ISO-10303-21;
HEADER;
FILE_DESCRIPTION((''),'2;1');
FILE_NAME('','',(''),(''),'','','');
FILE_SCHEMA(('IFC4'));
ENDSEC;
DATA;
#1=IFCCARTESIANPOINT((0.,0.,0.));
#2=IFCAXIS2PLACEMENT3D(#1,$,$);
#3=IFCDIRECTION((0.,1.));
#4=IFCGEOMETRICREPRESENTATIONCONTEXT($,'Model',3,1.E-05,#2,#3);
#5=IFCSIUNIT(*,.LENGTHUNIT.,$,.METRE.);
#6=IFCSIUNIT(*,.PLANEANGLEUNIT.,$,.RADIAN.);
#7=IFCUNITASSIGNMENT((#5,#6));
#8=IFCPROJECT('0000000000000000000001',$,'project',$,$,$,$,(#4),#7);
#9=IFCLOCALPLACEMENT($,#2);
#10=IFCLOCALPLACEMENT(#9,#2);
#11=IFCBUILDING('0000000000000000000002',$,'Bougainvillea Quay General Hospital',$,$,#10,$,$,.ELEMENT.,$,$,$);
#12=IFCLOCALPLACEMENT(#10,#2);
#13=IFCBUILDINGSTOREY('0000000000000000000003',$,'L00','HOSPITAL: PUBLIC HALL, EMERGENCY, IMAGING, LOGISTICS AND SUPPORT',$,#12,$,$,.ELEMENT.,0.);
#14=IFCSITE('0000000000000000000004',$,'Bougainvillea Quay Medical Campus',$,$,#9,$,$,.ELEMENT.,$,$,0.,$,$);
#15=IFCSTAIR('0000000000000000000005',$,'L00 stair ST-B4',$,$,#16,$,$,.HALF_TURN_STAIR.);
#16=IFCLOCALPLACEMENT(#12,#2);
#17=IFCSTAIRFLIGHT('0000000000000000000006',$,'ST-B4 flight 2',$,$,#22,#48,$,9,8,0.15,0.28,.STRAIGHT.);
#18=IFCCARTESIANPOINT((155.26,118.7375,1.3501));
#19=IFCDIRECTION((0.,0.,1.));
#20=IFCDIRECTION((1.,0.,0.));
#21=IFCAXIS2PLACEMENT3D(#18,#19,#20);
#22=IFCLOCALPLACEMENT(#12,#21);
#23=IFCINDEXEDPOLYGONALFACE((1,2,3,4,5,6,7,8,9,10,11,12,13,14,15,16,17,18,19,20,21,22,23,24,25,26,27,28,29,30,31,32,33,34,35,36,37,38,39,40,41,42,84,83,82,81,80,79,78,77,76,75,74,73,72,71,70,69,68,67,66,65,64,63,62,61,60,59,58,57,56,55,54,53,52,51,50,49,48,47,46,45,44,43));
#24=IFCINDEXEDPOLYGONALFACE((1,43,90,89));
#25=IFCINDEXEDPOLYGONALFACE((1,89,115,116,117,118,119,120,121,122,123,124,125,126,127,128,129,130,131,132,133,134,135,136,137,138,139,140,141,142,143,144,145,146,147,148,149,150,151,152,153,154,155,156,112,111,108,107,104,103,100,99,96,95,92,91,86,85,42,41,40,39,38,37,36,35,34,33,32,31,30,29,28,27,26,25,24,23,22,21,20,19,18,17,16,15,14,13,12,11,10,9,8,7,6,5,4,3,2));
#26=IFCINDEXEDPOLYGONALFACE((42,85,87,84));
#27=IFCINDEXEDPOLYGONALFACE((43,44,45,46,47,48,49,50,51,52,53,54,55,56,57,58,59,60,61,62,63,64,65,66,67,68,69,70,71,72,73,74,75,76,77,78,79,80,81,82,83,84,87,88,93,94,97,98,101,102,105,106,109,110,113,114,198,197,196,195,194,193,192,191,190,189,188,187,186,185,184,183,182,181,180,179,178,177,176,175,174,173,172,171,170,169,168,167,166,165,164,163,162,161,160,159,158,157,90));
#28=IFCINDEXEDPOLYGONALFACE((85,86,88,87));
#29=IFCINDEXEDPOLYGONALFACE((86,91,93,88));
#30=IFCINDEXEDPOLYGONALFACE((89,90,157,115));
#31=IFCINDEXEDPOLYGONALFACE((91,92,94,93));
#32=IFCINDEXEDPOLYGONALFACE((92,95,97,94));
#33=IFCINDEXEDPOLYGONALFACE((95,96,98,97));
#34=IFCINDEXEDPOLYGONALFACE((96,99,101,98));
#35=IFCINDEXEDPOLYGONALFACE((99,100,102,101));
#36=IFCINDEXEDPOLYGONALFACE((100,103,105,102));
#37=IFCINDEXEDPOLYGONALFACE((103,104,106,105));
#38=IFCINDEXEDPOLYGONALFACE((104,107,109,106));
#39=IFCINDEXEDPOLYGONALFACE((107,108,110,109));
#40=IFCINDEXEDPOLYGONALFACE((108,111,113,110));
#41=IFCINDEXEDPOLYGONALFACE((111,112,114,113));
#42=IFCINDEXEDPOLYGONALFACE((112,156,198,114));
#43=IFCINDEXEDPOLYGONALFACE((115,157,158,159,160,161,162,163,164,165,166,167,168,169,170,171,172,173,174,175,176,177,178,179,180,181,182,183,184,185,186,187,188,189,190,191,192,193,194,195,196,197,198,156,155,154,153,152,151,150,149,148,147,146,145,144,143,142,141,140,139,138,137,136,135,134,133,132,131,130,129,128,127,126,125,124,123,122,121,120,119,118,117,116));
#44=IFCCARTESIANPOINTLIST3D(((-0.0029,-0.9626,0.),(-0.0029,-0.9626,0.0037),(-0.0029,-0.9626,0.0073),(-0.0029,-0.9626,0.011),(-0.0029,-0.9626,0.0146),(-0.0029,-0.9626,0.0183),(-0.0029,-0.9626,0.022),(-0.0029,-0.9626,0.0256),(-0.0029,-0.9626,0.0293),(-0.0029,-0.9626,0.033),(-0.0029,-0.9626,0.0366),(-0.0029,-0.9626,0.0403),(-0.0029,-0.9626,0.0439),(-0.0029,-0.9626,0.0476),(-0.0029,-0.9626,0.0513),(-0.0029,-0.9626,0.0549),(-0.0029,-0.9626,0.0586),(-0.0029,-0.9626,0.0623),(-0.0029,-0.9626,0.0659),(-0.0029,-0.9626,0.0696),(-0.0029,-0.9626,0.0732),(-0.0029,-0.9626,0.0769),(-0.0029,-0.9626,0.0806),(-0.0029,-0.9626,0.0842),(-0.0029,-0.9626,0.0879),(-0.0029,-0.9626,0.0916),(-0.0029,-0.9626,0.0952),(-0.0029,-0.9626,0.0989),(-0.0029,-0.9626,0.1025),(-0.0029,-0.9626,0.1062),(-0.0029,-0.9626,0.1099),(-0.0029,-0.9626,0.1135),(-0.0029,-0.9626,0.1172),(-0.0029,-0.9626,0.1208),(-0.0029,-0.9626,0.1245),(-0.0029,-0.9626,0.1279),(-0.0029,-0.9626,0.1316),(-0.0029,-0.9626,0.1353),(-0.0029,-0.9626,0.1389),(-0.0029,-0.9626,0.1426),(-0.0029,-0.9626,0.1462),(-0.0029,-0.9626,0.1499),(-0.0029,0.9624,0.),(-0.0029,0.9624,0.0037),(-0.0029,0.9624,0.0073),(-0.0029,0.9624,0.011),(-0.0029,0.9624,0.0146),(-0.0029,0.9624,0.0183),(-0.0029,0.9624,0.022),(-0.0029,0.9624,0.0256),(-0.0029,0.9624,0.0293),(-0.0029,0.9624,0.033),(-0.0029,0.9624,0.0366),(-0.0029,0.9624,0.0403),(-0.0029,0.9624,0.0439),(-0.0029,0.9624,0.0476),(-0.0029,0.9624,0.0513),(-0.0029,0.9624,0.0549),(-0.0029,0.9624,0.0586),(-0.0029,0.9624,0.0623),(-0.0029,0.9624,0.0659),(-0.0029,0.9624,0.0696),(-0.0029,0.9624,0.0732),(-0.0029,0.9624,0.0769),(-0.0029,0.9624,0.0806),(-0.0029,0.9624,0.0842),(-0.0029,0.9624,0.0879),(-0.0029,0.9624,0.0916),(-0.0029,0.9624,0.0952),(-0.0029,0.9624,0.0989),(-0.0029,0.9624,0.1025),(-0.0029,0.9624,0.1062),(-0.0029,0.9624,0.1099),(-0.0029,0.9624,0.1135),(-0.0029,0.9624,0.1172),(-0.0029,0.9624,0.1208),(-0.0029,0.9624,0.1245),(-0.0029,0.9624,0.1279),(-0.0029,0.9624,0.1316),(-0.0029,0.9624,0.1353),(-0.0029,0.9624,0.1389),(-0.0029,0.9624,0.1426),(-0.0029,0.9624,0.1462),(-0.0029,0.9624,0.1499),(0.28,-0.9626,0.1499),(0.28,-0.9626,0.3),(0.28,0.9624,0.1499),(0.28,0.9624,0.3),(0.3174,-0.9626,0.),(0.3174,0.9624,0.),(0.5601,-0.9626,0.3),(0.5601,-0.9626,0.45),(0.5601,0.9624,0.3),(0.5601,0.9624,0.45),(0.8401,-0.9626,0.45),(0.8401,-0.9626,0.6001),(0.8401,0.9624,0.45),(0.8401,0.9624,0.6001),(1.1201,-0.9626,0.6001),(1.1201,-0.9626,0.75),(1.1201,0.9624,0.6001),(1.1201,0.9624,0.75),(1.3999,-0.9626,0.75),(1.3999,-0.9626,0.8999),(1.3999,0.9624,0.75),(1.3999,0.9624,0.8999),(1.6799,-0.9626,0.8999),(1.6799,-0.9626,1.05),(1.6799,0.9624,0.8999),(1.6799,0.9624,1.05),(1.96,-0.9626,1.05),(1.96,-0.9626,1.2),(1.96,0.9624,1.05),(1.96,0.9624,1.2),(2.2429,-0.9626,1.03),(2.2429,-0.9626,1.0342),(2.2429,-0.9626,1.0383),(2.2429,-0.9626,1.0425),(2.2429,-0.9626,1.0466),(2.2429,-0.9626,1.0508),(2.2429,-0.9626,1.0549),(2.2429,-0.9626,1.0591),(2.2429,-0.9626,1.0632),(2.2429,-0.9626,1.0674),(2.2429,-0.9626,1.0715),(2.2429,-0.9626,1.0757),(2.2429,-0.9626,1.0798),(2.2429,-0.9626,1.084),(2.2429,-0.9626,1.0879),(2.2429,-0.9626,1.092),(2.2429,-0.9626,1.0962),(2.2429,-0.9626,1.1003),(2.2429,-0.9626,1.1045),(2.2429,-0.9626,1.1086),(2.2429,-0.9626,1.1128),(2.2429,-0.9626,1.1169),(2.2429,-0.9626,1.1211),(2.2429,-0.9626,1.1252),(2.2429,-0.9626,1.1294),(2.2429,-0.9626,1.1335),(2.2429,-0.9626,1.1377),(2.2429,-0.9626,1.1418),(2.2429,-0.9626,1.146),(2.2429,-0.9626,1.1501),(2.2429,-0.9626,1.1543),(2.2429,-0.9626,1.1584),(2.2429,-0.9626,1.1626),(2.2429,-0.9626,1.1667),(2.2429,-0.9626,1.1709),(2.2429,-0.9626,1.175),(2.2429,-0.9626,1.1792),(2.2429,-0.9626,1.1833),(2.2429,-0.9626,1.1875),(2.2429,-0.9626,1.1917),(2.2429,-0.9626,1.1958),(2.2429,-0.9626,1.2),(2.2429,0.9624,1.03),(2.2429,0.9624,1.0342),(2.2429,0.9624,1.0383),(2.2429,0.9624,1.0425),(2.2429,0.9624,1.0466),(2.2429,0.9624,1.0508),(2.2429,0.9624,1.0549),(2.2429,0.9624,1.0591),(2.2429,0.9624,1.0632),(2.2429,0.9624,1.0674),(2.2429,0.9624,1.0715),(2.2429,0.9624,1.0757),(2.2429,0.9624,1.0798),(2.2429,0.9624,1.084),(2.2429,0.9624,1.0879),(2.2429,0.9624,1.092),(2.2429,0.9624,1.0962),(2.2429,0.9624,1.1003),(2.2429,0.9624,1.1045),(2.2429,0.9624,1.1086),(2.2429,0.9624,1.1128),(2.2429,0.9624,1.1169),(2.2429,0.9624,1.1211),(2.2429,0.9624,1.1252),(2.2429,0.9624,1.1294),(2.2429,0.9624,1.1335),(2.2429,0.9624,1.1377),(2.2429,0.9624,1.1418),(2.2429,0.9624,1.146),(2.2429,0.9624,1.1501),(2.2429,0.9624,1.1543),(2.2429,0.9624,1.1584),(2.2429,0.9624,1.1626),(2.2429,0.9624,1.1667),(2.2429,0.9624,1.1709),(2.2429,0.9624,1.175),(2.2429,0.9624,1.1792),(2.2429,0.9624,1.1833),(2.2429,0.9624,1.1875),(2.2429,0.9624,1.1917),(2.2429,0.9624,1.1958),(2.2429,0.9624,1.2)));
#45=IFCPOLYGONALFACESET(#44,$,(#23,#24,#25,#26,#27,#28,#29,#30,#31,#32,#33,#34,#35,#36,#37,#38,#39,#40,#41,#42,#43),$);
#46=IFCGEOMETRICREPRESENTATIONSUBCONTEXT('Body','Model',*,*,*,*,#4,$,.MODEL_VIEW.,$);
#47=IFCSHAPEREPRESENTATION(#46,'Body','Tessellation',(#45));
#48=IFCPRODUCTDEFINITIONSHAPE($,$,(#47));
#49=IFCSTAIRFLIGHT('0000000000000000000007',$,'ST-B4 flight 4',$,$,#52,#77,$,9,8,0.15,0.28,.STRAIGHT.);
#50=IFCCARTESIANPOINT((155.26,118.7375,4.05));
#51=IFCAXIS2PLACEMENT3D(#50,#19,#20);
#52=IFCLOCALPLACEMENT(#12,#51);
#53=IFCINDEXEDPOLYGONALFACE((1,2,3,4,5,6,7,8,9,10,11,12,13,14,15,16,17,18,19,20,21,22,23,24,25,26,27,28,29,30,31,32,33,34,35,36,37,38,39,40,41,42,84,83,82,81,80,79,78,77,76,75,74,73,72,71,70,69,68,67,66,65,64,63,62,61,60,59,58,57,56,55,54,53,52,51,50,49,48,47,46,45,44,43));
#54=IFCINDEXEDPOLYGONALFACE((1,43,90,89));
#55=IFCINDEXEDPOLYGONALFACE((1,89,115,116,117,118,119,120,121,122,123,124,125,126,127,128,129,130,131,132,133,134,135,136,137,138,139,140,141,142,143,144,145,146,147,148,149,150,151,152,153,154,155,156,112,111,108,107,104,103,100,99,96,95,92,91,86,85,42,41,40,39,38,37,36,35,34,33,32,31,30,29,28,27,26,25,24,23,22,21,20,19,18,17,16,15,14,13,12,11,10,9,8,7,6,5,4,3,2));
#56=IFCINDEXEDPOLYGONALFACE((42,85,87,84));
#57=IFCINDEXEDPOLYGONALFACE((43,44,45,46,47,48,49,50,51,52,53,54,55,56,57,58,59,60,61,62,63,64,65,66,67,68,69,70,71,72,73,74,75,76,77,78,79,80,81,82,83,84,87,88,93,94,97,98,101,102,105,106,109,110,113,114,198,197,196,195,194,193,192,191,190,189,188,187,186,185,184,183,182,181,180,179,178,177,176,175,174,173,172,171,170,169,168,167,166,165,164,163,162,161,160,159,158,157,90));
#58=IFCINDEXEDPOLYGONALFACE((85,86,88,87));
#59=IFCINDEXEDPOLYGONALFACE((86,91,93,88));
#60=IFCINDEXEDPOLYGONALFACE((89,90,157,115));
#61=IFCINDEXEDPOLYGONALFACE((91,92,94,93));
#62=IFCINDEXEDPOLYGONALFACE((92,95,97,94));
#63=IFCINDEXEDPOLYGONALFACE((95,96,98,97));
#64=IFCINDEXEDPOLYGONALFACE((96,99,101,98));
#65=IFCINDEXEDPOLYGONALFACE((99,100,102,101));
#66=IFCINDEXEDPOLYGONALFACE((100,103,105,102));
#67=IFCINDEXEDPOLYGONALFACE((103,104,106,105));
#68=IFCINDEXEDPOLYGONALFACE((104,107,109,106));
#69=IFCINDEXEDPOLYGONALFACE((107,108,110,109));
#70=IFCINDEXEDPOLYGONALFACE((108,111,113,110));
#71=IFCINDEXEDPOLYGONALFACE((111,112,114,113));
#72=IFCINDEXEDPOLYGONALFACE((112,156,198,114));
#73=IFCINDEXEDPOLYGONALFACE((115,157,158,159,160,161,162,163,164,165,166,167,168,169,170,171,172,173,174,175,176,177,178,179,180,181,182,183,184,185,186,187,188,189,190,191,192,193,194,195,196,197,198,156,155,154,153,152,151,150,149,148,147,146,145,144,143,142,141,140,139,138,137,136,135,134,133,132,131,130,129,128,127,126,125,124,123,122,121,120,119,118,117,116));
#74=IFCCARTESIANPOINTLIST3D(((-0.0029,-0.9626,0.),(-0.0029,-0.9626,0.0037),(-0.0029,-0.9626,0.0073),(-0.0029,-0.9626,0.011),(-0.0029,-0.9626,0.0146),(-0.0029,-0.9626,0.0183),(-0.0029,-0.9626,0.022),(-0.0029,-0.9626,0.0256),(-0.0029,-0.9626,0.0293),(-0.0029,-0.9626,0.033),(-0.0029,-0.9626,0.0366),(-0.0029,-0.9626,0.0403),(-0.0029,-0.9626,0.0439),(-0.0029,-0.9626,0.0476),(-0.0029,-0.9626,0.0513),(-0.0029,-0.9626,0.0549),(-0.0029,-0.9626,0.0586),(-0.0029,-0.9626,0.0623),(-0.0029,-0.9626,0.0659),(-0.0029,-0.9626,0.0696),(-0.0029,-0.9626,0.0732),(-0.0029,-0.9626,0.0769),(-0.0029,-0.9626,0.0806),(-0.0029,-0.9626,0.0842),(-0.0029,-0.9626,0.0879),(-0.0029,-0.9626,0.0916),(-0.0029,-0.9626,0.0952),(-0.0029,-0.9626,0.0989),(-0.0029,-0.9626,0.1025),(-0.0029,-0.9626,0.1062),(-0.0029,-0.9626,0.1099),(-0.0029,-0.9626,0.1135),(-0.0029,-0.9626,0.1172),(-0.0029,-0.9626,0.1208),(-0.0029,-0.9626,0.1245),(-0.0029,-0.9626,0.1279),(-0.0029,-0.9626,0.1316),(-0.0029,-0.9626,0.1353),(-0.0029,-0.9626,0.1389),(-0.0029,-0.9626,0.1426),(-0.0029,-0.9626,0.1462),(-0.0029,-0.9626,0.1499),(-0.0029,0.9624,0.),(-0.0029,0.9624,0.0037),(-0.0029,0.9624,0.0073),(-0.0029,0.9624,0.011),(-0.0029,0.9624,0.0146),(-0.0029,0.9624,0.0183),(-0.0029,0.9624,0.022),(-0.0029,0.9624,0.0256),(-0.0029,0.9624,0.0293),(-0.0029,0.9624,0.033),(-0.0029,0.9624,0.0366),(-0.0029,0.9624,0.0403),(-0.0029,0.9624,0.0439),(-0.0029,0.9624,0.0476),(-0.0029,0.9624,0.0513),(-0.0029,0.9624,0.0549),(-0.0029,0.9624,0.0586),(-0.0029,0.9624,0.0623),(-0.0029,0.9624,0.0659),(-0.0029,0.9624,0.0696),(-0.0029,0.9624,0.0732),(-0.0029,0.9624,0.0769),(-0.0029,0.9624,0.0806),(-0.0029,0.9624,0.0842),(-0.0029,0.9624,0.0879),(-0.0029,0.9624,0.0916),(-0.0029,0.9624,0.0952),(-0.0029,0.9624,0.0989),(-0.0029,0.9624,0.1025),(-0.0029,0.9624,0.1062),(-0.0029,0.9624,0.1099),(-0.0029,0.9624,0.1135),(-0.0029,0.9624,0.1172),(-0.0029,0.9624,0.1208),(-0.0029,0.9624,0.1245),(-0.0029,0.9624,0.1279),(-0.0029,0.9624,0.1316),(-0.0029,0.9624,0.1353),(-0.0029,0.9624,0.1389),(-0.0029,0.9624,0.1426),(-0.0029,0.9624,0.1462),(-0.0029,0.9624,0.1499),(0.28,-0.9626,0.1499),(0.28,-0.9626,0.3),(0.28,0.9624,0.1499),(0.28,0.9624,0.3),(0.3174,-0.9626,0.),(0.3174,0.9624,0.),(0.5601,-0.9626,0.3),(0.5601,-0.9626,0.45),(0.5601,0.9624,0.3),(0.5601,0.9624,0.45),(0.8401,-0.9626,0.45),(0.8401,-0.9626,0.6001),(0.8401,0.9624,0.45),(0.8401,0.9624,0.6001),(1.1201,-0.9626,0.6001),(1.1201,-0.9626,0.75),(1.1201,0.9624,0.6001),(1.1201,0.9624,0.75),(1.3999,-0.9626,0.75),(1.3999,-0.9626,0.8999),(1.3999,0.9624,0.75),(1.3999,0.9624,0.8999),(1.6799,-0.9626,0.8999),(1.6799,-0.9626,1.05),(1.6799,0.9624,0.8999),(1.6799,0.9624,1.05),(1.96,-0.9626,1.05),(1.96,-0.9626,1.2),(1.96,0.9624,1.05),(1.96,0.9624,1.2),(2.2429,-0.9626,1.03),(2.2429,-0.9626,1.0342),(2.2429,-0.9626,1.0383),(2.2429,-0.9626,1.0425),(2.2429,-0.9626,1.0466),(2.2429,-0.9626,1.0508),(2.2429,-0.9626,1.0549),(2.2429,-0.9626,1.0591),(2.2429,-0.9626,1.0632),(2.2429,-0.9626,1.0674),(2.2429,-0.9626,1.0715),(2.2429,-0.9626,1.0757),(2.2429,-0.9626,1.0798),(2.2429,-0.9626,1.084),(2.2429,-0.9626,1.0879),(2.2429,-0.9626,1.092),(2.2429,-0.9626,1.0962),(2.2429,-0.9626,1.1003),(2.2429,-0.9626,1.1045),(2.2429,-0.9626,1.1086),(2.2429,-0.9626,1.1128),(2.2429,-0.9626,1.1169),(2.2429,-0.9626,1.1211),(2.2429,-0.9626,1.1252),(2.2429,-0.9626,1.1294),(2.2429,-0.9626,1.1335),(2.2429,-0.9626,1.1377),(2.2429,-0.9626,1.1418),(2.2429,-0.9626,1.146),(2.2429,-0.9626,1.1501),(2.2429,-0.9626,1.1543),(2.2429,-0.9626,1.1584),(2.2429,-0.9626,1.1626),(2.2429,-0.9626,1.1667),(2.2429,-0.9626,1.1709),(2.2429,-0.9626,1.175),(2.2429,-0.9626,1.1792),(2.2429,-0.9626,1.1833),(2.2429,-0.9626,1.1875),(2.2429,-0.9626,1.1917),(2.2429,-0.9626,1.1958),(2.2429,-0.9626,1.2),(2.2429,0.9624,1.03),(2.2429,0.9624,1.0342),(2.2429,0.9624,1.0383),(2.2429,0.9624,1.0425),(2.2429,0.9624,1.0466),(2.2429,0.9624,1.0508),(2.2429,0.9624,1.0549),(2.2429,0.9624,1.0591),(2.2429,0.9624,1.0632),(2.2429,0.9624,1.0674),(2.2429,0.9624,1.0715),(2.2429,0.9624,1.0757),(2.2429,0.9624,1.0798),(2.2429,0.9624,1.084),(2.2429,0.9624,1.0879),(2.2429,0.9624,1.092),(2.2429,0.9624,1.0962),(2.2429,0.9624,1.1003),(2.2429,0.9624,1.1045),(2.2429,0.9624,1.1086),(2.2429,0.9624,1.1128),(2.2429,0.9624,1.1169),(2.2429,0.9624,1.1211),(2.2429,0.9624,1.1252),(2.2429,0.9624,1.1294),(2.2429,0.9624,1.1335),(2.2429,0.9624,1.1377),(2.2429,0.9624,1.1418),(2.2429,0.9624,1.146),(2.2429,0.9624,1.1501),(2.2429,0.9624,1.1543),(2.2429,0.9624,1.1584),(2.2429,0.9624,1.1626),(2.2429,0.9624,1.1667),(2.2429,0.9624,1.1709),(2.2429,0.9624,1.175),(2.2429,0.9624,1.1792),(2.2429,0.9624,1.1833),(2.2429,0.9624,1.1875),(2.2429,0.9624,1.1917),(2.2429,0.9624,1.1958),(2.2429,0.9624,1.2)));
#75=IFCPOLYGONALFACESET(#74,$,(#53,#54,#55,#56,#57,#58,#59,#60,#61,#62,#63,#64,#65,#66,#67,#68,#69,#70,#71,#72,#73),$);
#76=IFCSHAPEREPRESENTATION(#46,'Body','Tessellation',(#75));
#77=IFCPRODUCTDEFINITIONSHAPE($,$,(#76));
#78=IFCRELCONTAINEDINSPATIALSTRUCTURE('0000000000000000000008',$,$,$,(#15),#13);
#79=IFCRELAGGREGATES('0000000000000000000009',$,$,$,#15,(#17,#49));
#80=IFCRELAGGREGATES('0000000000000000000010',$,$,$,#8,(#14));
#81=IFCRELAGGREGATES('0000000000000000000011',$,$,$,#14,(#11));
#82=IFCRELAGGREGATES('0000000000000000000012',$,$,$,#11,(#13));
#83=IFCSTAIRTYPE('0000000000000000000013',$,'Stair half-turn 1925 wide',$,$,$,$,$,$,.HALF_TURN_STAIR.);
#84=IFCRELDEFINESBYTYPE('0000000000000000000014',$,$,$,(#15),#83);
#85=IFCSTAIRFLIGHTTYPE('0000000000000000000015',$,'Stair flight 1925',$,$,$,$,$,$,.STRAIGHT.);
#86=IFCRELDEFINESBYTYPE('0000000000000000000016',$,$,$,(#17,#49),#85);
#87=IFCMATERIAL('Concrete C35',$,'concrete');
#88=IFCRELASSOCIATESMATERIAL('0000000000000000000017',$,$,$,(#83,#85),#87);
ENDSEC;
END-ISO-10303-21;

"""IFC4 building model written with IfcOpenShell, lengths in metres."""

from ifc_helpers import new_model, si_unit, direction, frame, origin, place, context, subcontext, project, spatial, polyline, outline, extrude, material, type_object, element, aggregate, save


model = new_model("IFC4")

# Units and contexts
model_context = context("Model", 3, precision=1e-05, world=origin(), true_north=direction((0.0, 1.0)))
body_context = subcontext(model_context, "Body", "Model", "MODEL_VIEW")
ifc_project = project(units=[si_unit("LENGTHUNIT", "METRE"), si_unit("PLANEANGLEUNIT", "RADIAN")], contexts=[model_context])

# Site, building, storey
site_placement = place(None, origin())
site = spatial("IfcSite", under=ifc_project, at=site_placement, Name="Bougainvillea Quay Medical Campus", CompositionType="ELEMENT", RefElevation=0.0)
building_placement = place(site_placement, origin())
building = spatial("IfcBuilding", under=site, at=building_placement, Name="Bougainvillea Quay General Hospital", CompositionType="ELEMENT")
storey_placement = place(building_placement, origin())
storey = spatial("IfcBuildingStorey", under=building, at=storey_placement, Name="L00", Description="HOSPITAL: PUBLIC HALL, EMERGENCY, IMAGING, LOGISTICS AND SUPPORT", CompositionType="ELEMENT", Elevation=0.0)

# Stair, stair flights
ifc_material_1 = material(Name="Concrete C35", Category="concrete")
stair_type = type_object("IfcStairType", Name="Stair half-turn 1925 wide", PredefinedType="HALF_TURN_STAIR", material=ifc_material_1)
stair_placement = place(storey_placement, origin())
stair = element("IfcStair", 1, at=stair_placement, inside=storey, type_object=stair_type, Name="L00 stair ST-B4", PredefinedType="HALF_TURN_STAIR")
stair_flight_type = type_object("IfcStairFlightType", Name="Stair flight 1925", PredefinedType="STRAIGHT", material=ifc_material_1)
stair_flight_1_placement = place(storey_placement, frame((155.26, 118.7375, 1.3501), z_axis=(0.0, 0.0, 1.0), x_axis=(1.0, 0.0, 0.0)))
stair_flight_1 = element("IfcStairFlight", 2, at=stair_flight_1_placement, type_object=stair_flight_type, Name="ST-B4 flight 2", NumberOfRisers=9, NumberOfTreads=8, PredefinedType="STRAIGHT", RiserHeight=0.15, TreadLength=0.28, context=body_context, shape_type="SweptSolid", body=[
    extrude(outline(polyline([(-0.0029, 0.0), (-0.0029, 0.0037), (-0.0029, 0.0073), (-0.0029, 0.011), (-0.0029, 0.0146), (-0.0029, 0.0183), (-0.0029, 0.022), (-0.0029, 0.0256), (-0.0029, 0.0293), (-0.0029, 0.033), (-0.0029, 0.0366), (-0.0029, 0.0403), (-0.0029, 0.0439), (-0.0029, 0.0476), (-0.0029, 0.0513), (-0.0029, 0.0549), (-0.0029, 0.0586), (-0.0029, 0.0623), (-0.0029, 0.0659), (-0.0029, 0.0696), (-0.0029, 0.0732), (-0.0029, 0.0769), (-0.0029, 0.0806), (-0.0029, 0.0842), (-0.0029, 0.0879), (-0.0029, 0.0916), (-0.0029, 0.0952), (-0.0029, 0.0989), (-0.0029, 0.1025), (-0.0029, 0.1062), (-0.0029, 0.1099), (-0.0029, 0.1135), (-0.0029, 0.1172), (-0.0029, 0.1208), (-0.0029, 0.1245), (-0.0029, 0.1279), (-0.0029, 0.1316), (-0.0029, 0.1353), (-0.0029, 0.1389), (-0.0029, 0.1426), (-0.0029, 0.1462), (-0.0029, 0.1499), (0.28, 0.1499), (0.28, 0.3), (0.5601, 0.3), (0.5601, 0.45), (0.8401, 0.45), (0.8401, 0.6001), (1.1201, 0.6001), (1.1201, 0.75), (1.3999, 0.75), (1.3999, 0.8999), (1.6799, 0.8999), (1.6799, 1.05), (1.96, 1.05), (1.96, 1.2), (2.2429, 1.2), (2.2429, 1.1958), (2.2429, 1.1917), (2.2429, 1.1875), (2.2429, 1.1833), (2.2429, 1.1792), (2.2429, 1.175), (2.2429, 1.1709), (2.2429, 1.1667), (2.2429, 1.1626), (2.2429, 1.1584), (2.2429, 1.1543), (2.2429, 1.1501), (2.2429, 1.146), (2.2429, 1.1418), (2.2429, 1.1377), (2.2429, 1.1335), (2.2429, 1.1294), (2.2429, 1.1252), (2.2429, 1.1211), (2.2429, 1.1169), (2.2429, 1.1128), (2.2429, 1.1086), (2.2429, 1.1045), (2.2429, 1.1003), (2.2429, 1.0962), (2.2429, 1.092), (2.2429, 1.0879), (2.2429, 1.084), (2.2429, 1.0798), (2.2429, 1.0757), (2.2429, 1.0715), (2.2429, 1.0674), (2.2429, 1.0632), (2.2429, 1.0591), (2.2429, 1.0549), (2.2429, 1.0508), (2.2429, 1.0466), (2.2429, 1.0425), (2.2429, 1.0383), (2.2429, 1.0342), (2.2429, 1.03), (0.3174, 0.0), (-0.0029, 0.0)])), frame((0.0, 0.9624, 0.0), z_axis=(0.0, -1.0, 0.0), x_axis=(1.0, 0.0, 0.0)), (0.0, 0.0, 1.0), 1.925),
])
stair_flight_2_placement = place(storey_placement, frame((155.26, 118.7375, 4.05), z_axis=(0.0, 0.0, 1.0), x_axis=(1.0, 0.0, 0.0)))
stair_flight_2 = element("IfcStairFlight", 3, at=stair_flight_2_placement, type_object=stair_flight_type, Name="ST-B4 flight 4", NumberOfRisers=9, NumberOfTreads=8, PredefinedType="STRAIGHT", RiserHeight=0.15, TreadLength=0.28, context=body_context, shape_type="SweptSolid", body=[
    extrude(outline(polyline([(-0.0029, 0.0), (-0.0029, 0.0037), (-0.0029, 0.0073), (-0.0029, 0.011), (-0.0029, 0.0146), (-0.0029, 0.0183), (-0.0029, 0.022), (-0.0029, 0.0256), (-0.0029, 0.0293), (-0.0029, 0.033), (-0.0029, 0.0366), (-0.0029, 0.0403), (-0.0029, 0.0439), (-0.0029, 0.0476), (-0.0029, 0.0513), (-0.0029, 0.0549), (-0.0029, 0.0586), (-0.0029, 0.0623), (-0.0029, 0.0659), (-0.0029, 0.0696), (-0.0029, 0.0732), (-0.0029, 0.0769), (-0.0029, 0.0806), (-0.0029, 0.0842), (-0.0029, 0.0879), (-0.0029, 0.0916), (-0.0029, 0.0952), (-0.0029, 0.0989), (-0.0029, 0.1025), (-0.0029, 0.1062), (-0.0029, 0.1099), (-0.0029, 0.1135), (-0.0029, 0.1172), (-0.0029, 0.1208), (-0.0029, 0.1245), (-0.0029, 0.1279), (-0.0029, 0.1316), (-0.0029, 0.1353), (-0.0029, 0.1389), (-0.0029, 0.1426), (-0.0029, 0.1462), (-0.0029, 0.1499), (0.28, 0.1499), (0.28, 0.3), (0.5601, 0.3), (0.5601, 0.45), (0.8401, 0.45), (0.8401, 0.6001), (1.1201, 0.6001), (1.1201, 0.75), (1.3999, 0.75), (1.3999, 0.8999), (1.6799, 0.8999), (1.6799, 1.05), (1.96, 1.05), (1.96, 1.2), (2.2429, 1.2), (2.2429, 1.1958), (2.2429, 1.1917), (2.2429, 1.1875), (2.2429, 1.1833), (2.2429, 1.1792), (2.2429, 1.175), (2.2429, 1.1709), (2.2429, 1.1667), (2.2429, 1.1626), (2.2429, 1.1584), (2.2429, 1.1543), (2.2429, 1.1501), (2.2429, 1.146), (2.2429, 1.1418), (2.2429, 1.1377), (2.2429, 1.1335), (2.2429, 1.1294), (2.2429, 1.1252), (2.2429, 1.1211), (2.2429, 1.1169), (2.2429, 1.1128), (2.2429, 1.1086), (2.2429, 1.1045), (2.2429, 1.1003), (2.2429, 1.0962), (2.2429, 1.092), (2.2429, 1.0879), (2.2429, 1.084), (2.2429, 1.0798), (2.2429, 1.0757), (2.2429, 1.0715), (2.2429, 1.0674), (2.2429, 1.0632), (2.2429, 1.0591), (2.2429, 1.0549), (2.2429, 1.0508), (2.2429, 1.0466), (2.2429, 1.0425), (2.2429, 1.0383), (2.2429, 1.0342), (2.2429, 1.03), (0.3174, 0.0), (-0.0029, 0.0)])), frame((0.0, 0.9624, 0.0), z_axis=(0.0, -1.0, 0.0), x_axis=(1.0, 0.0, 0.0)), (0.0, 0.0, 1.0), 1.925),
])
aggregate(stair, [stair_flight_1, stair_flight_2])

save(model, "model.ifc")
